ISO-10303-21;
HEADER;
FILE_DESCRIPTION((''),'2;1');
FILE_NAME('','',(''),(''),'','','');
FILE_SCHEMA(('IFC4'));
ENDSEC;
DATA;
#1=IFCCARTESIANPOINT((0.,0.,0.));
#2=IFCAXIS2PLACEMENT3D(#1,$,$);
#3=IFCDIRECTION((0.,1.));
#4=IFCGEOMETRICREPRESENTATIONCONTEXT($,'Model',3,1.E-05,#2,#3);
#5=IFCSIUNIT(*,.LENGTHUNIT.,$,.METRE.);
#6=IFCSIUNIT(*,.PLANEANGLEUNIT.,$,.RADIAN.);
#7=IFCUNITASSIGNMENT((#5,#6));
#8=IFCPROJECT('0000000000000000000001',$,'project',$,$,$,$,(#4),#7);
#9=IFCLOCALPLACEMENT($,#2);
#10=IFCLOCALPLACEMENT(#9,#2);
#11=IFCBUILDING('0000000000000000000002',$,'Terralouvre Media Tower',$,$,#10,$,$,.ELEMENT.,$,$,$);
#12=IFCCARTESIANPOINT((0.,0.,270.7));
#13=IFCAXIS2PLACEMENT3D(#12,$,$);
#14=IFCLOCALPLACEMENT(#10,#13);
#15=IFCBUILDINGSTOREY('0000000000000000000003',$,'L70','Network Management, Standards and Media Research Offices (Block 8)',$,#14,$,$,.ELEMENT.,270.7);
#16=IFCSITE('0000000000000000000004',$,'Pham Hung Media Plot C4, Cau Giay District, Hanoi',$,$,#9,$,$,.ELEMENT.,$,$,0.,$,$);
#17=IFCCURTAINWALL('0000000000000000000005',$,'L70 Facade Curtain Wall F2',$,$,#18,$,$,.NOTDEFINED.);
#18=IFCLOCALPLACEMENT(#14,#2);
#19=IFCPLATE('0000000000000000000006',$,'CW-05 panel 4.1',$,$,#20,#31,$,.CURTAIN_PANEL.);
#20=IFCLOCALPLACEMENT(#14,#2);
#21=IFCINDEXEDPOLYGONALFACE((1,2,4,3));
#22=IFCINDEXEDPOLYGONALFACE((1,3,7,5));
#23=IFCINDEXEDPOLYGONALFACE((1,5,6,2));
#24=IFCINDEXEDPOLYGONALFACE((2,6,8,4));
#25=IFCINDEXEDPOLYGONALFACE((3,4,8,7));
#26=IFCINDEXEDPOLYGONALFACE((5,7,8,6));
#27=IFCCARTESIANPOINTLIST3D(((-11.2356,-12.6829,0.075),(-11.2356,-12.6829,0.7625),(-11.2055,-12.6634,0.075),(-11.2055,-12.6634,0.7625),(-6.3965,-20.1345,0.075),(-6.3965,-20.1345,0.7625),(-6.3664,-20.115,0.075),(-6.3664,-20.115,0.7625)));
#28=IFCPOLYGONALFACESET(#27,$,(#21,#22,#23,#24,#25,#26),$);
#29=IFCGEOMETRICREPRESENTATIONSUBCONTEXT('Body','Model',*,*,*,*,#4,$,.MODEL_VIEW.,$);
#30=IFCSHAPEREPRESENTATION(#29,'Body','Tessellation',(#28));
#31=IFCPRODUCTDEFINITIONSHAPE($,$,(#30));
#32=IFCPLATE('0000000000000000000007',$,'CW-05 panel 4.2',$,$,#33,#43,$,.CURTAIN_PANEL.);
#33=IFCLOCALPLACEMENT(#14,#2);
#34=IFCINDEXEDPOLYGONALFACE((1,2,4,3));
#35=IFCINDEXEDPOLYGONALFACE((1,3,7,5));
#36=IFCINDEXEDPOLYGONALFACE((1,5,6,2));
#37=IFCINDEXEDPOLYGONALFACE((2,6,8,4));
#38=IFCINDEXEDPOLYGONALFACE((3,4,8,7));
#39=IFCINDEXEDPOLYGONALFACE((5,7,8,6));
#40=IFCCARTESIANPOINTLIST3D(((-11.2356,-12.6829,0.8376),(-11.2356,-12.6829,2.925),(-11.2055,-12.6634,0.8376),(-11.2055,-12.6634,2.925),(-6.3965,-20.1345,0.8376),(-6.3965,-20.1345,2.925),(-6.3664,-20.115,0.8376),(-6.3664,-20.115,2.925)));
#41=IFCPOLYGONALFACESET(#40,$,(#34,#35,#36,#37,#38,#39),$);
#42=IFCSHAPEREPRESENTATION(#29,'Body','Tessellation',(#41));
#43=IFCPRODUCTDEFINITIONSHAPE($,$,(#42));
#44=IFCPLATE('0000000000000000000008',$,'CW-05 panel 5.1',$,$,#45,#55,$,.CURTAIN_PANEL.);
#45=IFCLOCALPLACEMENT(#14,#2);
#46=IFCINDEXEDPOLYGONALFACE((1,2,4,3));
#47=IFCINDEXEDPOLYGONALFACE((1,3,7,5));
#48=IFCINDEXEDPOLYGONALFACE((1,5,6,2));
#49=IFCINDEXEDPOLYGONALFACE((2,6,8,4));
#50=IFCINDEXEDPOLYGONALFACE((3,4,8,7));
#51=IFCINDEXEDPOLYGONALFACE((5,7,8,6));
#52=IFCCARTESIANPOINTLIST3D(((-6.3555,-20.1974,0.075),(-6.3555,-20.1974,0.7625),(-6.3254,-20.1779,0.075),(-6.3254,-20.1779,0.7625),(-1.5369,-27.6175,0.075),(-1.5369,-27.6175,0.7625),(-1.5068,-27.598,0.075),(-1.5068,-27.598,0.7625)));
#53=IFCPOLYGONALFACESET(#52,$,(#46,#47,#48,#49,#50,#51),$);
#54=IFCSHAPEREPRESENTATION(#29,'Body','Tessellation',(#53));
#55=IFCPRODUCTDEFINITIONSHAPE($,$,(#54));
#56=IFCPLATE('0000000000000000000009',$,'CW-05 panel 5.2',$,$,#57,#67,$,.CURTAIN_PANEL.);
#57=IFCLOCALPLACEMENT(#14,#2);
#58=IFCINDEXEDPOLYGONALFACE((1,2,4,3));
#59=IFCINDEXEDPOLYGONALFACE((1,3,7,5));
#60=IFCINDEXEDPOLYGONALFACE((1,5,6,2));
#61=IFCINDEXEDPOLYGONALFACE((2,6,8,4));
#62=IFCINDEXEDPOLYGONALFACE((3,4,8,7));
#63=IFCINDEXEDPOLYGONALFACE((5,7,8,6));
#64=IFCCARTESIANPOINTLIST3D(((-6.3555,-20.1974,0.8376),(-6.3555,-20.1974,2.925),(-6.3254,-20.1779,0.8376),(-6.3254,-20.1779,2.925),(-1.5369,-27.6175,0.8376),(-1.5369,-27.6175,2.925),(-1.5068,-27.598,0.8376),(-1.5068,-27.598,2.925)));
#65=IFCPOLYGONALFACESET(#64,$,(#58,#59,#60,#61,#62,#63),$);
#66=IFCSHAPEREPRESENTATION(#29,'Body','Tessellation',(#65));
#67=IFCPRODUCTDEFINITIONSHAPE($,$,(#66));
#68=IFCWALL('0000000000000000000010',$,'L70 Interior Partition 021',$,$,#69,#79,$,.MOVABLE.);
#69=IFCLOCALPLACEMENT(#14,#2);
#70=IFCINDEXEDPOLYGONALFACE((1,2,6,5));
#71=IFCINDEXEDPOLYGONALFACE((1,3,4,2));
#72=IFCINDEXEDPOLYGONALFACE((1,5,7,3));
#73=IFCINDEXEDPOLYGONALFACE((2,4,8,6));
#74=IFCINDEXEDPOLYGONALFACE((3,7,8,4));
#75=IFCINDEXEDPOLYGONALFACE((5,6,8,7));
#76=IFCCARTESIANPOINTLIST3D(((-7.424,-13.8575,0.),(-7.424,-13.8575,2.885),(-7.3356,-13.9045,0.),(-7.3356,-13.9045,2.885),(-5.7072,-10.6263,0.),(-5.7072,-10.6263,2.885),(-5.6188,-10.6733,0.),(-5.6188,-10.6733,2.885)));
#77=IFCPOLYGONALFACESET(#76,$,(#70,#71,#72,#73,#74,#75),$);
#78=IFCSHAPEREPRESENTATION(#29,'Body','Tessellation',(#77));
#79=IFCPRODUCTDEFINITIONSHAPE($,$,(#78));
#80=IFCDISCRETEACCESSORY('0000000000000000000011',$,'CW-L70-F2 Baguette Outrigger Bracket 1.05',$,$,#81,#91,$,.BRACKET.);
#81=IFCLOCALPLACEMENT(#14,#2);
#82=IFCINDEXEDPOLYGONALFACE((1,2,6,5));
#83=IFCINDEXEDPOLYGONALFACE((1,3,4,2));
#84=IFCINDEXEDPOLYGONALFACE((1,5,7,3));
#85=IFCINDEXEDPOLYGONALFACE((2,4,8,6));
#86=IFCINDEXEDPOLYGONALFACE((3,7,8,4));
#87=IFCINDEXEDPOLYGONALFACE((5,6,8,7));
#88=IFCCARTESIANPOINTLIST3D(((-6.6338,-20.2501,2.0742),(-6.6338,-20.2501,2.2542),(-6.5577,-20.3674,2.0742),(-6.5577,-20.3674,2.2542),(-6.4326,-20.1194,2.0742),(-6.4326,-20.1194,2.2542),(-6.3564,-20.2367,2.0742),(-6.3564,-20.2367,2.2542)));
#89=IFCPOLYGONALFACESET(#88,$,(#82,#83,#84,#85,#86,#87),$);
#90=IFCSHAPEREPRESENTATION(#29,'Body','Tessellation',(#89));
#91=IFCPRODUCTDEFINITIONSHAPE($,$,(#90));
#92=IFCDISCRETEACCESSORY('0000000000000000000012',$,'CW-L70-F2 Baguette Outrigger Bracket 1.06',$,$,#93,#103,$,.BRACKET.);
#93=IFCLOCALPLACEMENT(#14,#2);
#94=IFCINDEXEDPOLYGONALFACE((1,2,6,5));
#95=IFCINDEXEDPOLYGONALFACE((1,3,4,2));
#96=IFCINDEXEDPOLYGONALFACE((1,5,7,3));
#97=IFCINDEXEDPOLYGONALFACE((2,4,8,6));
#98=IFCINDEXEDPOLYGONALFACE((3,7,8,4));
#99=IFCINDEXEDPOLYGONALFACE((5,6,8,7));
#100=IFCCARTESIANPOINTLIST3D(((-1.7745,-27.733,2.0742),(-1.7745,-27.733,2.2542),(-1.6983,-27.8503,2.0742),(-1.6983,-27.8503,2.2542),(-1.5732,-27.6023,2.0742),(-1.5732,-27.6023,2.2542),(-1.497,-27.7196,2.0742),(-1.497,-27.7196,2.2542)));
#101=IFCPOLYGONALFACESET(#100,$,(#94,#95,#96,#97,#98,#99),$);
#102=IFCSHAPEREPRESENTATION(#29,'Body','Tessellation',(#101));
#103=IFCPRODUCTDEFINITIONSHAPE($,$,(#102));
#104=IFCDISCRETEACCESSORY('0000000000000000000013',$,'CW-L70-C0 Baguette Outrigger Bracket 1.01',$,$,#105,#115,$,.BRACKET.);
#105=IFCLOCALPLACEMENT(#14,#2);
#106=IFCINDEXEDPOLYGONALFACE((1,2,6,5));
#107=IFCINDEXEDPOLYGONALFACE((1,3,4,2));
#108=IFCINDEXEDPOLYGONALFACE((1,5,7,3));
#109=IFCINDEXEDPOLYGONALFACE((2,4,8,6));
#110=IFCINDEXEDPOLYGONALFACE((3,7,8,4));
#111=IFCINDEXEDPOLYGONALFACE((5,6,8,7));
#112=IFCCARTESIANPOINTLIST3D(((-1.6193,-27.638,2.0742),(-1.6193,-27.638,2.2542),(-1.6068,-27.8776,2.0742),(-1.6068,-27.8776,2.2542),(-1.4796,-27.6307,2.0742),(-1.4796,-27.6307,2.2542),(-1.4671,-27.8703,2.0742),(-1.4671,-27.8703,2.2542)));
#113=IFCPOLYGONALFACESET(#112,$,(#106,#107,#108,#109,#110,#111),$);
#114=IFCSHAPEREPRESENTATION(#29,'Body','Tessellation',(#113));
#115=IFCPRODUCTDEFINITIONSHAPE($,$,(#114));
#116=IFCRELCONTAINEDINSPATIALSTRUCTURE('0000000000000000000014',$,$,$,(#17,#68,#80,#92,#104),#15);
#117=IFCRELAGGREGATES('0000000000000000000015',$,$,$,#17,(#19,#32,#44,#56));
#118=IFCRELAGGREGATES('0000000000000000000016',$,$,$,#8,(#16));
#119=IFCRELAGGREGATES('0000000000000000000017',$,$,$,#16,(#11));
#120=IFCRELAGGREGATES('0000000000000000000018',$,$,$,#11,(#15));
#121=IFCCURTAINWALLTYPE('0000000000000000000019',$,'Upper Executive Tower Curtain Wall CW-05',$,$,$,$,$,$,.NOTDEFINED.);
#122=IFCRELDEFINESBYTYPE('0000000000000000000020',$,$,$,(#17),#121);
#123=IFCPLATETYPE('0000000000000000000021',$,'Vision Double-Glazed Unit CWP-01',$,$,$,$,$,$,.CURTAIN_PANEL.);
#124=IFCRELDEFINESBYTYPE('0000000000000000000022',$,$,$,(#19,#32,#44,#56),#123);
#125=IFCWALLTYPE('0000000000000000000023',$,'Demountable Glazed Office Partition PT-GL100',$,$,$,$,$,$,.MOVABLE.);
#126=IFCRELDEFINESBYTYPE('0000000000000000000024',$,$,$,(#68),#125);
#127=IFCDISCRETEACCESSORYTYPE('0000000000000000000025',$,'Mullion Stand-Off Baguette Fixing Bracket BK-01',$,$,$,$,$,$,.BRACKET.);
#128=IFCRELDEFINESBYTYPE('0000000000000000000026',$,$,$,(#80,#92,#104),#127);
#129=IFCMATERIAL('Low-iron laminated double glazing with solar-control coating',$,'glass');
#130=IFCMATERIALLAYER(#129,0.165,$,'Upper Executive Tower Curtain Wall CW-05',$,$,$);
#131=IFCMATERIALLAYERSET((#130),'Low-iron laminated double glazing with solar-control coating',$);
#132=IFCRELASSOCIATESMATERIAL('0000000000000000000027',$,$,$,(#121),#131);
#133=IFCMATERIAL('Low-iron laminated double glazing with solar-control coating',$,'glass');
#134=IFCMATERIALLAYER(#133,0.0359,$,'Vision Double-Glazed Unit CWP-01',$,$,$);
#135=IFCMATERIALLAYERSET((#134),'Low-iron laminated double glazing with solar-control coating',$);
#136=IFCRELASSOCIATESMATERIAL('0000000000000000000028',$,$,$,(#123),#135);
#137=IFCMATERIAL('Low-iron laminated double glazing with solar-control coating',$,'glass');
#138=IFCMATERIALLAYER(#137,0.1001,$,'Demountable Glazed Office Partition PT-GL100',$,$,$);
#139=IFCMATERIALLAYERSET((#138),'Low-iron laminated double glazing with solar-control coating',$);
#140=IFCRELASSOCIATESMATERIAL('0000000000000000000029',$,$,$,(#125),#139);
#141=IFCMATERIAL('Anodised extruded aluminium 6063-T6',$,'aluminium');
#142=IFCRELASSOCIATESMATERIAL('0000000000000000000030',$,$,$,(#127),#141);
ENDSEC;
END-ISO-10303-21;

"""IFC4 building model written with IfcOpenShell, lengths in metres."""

from ifc_helpers import new_model, si_unit, direction, frame, frame_2d, origin, origin_2d, place, context, subcontext, project, spatial, rectangle, extrude, material, layer, layer_set, type_object, element, aggregate, save


model = new_model("IFC4")

# Units and contexts
model_context = context("Model", 3, precision=1e-05, world=origin(), true_north=direction((0.0, 1.0)))
body_context = subcontext(model_context, "Body", "Model", "MODEL_VIEW")
ifc_project = project(units=[si_unit("LENGTHUNIT", "METRE"), si_unit("PLANEANGLEUNIT", "RADIAN")], contexts=[model_context])

# Site, building, storey
site_placement = place(None, origin())
site = spatial("IfcSite", under=ifc_project, at=site_placement, Name="Pham Hung Media Plot C4, Cau Giay District, Hanoi", CompositionType="ELEMENT", RefElevation=0.0)
building_placement = place(site_placement, origin())
building = spatial("IfcBuilding", under=site, at=building_placement, Name="Terralouvre Media Tower", CompositionType="ELEMENT")
storey_placement = place(building_placement, frame((0.0, 0.0, 270.7)))
storey = spatial("IfcBuildingStorey", under=building, at=storey_placement, Name="L70", Description="Network Management, Standards and Media Research Offices (Block 8)", CompositionType="ELEMENT", Elevation=270.7)

# Curtain wall
ifc_material_1 = material(Name="Low-iron laminated double glazing with solar-control coating", Category="glass")
ifc_layer_1 = layer(ifc_material_1, 0.165, Name="Upper Executive Tower Curtain Wall CW-05")
ifc_layer_set_1 = layer_set([ifc_layer_1], Name="Low-iron laminated double glazing with solar-control coating")
curtain_wall_type_1 = type_object("IfcCurtainWallType", Name="Upper Executive Tower Curtain Wall CW-05", PredefinedType="NOTDEFINED", material=ifc_layer_set_1)
curtain_wall_1_placement = place(storey_placement, origin())
curtain_wall_1 = element("IfcCurtainWall", 1, at=curtain_wall_1_placement, inside=storey, type_object=curtain_wall_type_1, Name="L70 Facade Curtain Wall F2", PredefinedType="NOTDEFINED")

# Plates
ifc_material_2 = material(Name="Low-iron laminated double glazing with solar-control coating", Category="glass")
ifc_layer_2 = layer(ifc_material_2, 0.0359, Name="Vision Double-Glazed Unit CWP-01")
ifc_layer_set_2 = layer_set([ifc_layer_2], Name="Low-iron laminated double glazing with solar-control coating")
plate_type = type_object("IfcPlateType", Name="Vision Double-Glazed Unit CWP-01", PredefinedType="CURTAIN_PANEL", material=ifc_layer_set_2)
plate_1_placement = place(storey_placement, frame((-8.801, -16.3989, 0.075), z_axis=(0.0, 0.0, 1.0), x_axis=(0.544639, -0.838671, 0.0)))
plate_1 = element("IfcPlate", 2, at=plate_1_placement, type_object=plate_type, Name="CW-05 panel 4.1", PredefinedType="CURTAIN_PANEL", context=body_context, shape_type="SweptSolid", body=[
    extrude(rectangle(XDim=8.885, YDim=0.0359, at=origin_2d()), origin(), (0.0, 0.0, 1.0), 0.6875),
])
plate_2_placement = place(storey_placement, frame((-8.801, -16.3989, 0.8376), z_axis=(0.0, 0.0, 1.0), x_axis=(0.544639, -0.838671, 0.0)))
plate_2 = element("IfcPlate", 3, at=plate_2_placement, type_object=plate_type, Name="CW-05 panel 4.2", PredefinedType="CURTAIN_PANEL", context=body_context, shape_type="SweptSolid", body=[
    extrude(rectangle(XDim=8.885, YDim=0.0359, at=origin_2d()), origin(), (0.0, 0.0, 1.0), 2.0874),
])
plate_3_placement = place(storey_placement, frame((-3.9312, -23.8977, 0.075), z_axis=(0.0, 0.0, 1.0), x_axis=(0.544639, -0.838671, 0.0)))
plate_3 = element("IfcPlate", 4, at=plate_3_placement, type_object=plate_type, Name="CW-05 panel 5.1", PredefinedType="CURTAIN_PANEL", context=body_context, shape_type="SweptSolid", body=[
    extrude(rectangle(XDim=8.8474, YDim=0.0359, at=origin_2d()), origin(), (0.0, 0.0, 1.0), 0.6875),
])
plate_4_placement = place(storey_placement, frame((-3.9312, -23.8977, 0.8376), z_axis=(0.0, 0.0, 1.0), x_axis=(0.544639, -0.838671, 0.0)))
plate_4 = element("IfcPlate", 5, at=plate_4_placement, type_object=plate_type, Name="CW-05 panel 5.2", PredefinedType="CURTAIN_PANEL", context=body_context, shape_type="SweptSolid", body=[
    extrude(rectangle(XDim=8.8474, YDim=0.0359, at=origin_2d()), origin(), (0.0, 0.0, 1.0), 2.0874),
])
aggregate(curtain_wall_1, [plate_1, plate_2, plate_3, plate_4])

# Wall
ifc_material_3 = material(Name="Low-iron laminated double glazing with solar-control coating", Category="glass")
ifc_layer_3 = layer(ifc_material_3, 0.1001, Name="Demountable Glazed Office Partition PT-GL100")
ifc_layer_set_3 = layer_set([ifc_layer_3], Name="Low-iron laminated double glazing with solar-control coating")
wall_type = type_object("IfcWallType", Name="Demountable Glazed Office Partition PT-GL100", PredefinedType="MOVABLE", material=ifc_layer_set_3)
wall_placement = place(storey_placement, frame((-7.3799, -13.8811, 0.0), z_axis=(0.0, 0.0, 1.0), x_axis=(0.469202, 0.883091, 0.0)))
element("IfcWall", 6, at=wall_placement, inside=storey, type_object=wall_type, Name="L70 Interior Partition 021", PredefinedType="MOVABLE", context=body_context, shape_type="SweptSolid", body=[
    extrude(rectangle(XDim=3.6589, YDim=0.1001, at=frame_2d((1.8296, 0.0))), origin(), (0.0, 0.0, 1.0), 2.885),
])

# Discrete accessories
ifc_material_4 = material(Name="Anodised extruded aluminium 6063-T6", Category="aluminium")
discrete_accessory_type = type_object("IfcDiscreteAccessoryType", Name="Mullion Stand-Off Baguette Fixing Bracket BK-01", PredefinedType="BRACKET", material=ifc_material_4)
for number, where, z_axis, x_axis, name in (
    (7, (-6.4951, -20.2434, 2.0742), (0.0, 0.0, 1.0), (0.544639, -0.838671, 0.0), "CW-L70-F2 Baguette Outrigger Bracket 1.05"),
    (8, (-1.6357, -27.7263, 2.0742), (0.0, 0.0, 1.0), (0.544639, -0.838671, 0.0), "CW-L70-F2 Baguette Outrigger Bracket 1.06"),
    (9, (-1.5432, -27.7542, 2.0742), (0.0, 0.0, 1.0), (0.99863, 0.052336, 0.0), "CW-L70-C0 Baguette Outrigger Bracket 1.01"),
):
    element("IfcDiscreteAccessory", number, at=place(storey_placement, frame(where, z_axis=z_axis, x_axis=x_axis)), inside=storey, type_object=discrete_accessory_type, Name=name, PredefinedType="BRACKET", context=body_context, shape_type="SweptSolid", body=[
        extrude(rectangle(XDim=0.1399, YDim=0.24, at=origin_2d()), origin(), (0.0, 0.0, 1.0), 0.1799),
    ])

save(model, "model.ifc")
